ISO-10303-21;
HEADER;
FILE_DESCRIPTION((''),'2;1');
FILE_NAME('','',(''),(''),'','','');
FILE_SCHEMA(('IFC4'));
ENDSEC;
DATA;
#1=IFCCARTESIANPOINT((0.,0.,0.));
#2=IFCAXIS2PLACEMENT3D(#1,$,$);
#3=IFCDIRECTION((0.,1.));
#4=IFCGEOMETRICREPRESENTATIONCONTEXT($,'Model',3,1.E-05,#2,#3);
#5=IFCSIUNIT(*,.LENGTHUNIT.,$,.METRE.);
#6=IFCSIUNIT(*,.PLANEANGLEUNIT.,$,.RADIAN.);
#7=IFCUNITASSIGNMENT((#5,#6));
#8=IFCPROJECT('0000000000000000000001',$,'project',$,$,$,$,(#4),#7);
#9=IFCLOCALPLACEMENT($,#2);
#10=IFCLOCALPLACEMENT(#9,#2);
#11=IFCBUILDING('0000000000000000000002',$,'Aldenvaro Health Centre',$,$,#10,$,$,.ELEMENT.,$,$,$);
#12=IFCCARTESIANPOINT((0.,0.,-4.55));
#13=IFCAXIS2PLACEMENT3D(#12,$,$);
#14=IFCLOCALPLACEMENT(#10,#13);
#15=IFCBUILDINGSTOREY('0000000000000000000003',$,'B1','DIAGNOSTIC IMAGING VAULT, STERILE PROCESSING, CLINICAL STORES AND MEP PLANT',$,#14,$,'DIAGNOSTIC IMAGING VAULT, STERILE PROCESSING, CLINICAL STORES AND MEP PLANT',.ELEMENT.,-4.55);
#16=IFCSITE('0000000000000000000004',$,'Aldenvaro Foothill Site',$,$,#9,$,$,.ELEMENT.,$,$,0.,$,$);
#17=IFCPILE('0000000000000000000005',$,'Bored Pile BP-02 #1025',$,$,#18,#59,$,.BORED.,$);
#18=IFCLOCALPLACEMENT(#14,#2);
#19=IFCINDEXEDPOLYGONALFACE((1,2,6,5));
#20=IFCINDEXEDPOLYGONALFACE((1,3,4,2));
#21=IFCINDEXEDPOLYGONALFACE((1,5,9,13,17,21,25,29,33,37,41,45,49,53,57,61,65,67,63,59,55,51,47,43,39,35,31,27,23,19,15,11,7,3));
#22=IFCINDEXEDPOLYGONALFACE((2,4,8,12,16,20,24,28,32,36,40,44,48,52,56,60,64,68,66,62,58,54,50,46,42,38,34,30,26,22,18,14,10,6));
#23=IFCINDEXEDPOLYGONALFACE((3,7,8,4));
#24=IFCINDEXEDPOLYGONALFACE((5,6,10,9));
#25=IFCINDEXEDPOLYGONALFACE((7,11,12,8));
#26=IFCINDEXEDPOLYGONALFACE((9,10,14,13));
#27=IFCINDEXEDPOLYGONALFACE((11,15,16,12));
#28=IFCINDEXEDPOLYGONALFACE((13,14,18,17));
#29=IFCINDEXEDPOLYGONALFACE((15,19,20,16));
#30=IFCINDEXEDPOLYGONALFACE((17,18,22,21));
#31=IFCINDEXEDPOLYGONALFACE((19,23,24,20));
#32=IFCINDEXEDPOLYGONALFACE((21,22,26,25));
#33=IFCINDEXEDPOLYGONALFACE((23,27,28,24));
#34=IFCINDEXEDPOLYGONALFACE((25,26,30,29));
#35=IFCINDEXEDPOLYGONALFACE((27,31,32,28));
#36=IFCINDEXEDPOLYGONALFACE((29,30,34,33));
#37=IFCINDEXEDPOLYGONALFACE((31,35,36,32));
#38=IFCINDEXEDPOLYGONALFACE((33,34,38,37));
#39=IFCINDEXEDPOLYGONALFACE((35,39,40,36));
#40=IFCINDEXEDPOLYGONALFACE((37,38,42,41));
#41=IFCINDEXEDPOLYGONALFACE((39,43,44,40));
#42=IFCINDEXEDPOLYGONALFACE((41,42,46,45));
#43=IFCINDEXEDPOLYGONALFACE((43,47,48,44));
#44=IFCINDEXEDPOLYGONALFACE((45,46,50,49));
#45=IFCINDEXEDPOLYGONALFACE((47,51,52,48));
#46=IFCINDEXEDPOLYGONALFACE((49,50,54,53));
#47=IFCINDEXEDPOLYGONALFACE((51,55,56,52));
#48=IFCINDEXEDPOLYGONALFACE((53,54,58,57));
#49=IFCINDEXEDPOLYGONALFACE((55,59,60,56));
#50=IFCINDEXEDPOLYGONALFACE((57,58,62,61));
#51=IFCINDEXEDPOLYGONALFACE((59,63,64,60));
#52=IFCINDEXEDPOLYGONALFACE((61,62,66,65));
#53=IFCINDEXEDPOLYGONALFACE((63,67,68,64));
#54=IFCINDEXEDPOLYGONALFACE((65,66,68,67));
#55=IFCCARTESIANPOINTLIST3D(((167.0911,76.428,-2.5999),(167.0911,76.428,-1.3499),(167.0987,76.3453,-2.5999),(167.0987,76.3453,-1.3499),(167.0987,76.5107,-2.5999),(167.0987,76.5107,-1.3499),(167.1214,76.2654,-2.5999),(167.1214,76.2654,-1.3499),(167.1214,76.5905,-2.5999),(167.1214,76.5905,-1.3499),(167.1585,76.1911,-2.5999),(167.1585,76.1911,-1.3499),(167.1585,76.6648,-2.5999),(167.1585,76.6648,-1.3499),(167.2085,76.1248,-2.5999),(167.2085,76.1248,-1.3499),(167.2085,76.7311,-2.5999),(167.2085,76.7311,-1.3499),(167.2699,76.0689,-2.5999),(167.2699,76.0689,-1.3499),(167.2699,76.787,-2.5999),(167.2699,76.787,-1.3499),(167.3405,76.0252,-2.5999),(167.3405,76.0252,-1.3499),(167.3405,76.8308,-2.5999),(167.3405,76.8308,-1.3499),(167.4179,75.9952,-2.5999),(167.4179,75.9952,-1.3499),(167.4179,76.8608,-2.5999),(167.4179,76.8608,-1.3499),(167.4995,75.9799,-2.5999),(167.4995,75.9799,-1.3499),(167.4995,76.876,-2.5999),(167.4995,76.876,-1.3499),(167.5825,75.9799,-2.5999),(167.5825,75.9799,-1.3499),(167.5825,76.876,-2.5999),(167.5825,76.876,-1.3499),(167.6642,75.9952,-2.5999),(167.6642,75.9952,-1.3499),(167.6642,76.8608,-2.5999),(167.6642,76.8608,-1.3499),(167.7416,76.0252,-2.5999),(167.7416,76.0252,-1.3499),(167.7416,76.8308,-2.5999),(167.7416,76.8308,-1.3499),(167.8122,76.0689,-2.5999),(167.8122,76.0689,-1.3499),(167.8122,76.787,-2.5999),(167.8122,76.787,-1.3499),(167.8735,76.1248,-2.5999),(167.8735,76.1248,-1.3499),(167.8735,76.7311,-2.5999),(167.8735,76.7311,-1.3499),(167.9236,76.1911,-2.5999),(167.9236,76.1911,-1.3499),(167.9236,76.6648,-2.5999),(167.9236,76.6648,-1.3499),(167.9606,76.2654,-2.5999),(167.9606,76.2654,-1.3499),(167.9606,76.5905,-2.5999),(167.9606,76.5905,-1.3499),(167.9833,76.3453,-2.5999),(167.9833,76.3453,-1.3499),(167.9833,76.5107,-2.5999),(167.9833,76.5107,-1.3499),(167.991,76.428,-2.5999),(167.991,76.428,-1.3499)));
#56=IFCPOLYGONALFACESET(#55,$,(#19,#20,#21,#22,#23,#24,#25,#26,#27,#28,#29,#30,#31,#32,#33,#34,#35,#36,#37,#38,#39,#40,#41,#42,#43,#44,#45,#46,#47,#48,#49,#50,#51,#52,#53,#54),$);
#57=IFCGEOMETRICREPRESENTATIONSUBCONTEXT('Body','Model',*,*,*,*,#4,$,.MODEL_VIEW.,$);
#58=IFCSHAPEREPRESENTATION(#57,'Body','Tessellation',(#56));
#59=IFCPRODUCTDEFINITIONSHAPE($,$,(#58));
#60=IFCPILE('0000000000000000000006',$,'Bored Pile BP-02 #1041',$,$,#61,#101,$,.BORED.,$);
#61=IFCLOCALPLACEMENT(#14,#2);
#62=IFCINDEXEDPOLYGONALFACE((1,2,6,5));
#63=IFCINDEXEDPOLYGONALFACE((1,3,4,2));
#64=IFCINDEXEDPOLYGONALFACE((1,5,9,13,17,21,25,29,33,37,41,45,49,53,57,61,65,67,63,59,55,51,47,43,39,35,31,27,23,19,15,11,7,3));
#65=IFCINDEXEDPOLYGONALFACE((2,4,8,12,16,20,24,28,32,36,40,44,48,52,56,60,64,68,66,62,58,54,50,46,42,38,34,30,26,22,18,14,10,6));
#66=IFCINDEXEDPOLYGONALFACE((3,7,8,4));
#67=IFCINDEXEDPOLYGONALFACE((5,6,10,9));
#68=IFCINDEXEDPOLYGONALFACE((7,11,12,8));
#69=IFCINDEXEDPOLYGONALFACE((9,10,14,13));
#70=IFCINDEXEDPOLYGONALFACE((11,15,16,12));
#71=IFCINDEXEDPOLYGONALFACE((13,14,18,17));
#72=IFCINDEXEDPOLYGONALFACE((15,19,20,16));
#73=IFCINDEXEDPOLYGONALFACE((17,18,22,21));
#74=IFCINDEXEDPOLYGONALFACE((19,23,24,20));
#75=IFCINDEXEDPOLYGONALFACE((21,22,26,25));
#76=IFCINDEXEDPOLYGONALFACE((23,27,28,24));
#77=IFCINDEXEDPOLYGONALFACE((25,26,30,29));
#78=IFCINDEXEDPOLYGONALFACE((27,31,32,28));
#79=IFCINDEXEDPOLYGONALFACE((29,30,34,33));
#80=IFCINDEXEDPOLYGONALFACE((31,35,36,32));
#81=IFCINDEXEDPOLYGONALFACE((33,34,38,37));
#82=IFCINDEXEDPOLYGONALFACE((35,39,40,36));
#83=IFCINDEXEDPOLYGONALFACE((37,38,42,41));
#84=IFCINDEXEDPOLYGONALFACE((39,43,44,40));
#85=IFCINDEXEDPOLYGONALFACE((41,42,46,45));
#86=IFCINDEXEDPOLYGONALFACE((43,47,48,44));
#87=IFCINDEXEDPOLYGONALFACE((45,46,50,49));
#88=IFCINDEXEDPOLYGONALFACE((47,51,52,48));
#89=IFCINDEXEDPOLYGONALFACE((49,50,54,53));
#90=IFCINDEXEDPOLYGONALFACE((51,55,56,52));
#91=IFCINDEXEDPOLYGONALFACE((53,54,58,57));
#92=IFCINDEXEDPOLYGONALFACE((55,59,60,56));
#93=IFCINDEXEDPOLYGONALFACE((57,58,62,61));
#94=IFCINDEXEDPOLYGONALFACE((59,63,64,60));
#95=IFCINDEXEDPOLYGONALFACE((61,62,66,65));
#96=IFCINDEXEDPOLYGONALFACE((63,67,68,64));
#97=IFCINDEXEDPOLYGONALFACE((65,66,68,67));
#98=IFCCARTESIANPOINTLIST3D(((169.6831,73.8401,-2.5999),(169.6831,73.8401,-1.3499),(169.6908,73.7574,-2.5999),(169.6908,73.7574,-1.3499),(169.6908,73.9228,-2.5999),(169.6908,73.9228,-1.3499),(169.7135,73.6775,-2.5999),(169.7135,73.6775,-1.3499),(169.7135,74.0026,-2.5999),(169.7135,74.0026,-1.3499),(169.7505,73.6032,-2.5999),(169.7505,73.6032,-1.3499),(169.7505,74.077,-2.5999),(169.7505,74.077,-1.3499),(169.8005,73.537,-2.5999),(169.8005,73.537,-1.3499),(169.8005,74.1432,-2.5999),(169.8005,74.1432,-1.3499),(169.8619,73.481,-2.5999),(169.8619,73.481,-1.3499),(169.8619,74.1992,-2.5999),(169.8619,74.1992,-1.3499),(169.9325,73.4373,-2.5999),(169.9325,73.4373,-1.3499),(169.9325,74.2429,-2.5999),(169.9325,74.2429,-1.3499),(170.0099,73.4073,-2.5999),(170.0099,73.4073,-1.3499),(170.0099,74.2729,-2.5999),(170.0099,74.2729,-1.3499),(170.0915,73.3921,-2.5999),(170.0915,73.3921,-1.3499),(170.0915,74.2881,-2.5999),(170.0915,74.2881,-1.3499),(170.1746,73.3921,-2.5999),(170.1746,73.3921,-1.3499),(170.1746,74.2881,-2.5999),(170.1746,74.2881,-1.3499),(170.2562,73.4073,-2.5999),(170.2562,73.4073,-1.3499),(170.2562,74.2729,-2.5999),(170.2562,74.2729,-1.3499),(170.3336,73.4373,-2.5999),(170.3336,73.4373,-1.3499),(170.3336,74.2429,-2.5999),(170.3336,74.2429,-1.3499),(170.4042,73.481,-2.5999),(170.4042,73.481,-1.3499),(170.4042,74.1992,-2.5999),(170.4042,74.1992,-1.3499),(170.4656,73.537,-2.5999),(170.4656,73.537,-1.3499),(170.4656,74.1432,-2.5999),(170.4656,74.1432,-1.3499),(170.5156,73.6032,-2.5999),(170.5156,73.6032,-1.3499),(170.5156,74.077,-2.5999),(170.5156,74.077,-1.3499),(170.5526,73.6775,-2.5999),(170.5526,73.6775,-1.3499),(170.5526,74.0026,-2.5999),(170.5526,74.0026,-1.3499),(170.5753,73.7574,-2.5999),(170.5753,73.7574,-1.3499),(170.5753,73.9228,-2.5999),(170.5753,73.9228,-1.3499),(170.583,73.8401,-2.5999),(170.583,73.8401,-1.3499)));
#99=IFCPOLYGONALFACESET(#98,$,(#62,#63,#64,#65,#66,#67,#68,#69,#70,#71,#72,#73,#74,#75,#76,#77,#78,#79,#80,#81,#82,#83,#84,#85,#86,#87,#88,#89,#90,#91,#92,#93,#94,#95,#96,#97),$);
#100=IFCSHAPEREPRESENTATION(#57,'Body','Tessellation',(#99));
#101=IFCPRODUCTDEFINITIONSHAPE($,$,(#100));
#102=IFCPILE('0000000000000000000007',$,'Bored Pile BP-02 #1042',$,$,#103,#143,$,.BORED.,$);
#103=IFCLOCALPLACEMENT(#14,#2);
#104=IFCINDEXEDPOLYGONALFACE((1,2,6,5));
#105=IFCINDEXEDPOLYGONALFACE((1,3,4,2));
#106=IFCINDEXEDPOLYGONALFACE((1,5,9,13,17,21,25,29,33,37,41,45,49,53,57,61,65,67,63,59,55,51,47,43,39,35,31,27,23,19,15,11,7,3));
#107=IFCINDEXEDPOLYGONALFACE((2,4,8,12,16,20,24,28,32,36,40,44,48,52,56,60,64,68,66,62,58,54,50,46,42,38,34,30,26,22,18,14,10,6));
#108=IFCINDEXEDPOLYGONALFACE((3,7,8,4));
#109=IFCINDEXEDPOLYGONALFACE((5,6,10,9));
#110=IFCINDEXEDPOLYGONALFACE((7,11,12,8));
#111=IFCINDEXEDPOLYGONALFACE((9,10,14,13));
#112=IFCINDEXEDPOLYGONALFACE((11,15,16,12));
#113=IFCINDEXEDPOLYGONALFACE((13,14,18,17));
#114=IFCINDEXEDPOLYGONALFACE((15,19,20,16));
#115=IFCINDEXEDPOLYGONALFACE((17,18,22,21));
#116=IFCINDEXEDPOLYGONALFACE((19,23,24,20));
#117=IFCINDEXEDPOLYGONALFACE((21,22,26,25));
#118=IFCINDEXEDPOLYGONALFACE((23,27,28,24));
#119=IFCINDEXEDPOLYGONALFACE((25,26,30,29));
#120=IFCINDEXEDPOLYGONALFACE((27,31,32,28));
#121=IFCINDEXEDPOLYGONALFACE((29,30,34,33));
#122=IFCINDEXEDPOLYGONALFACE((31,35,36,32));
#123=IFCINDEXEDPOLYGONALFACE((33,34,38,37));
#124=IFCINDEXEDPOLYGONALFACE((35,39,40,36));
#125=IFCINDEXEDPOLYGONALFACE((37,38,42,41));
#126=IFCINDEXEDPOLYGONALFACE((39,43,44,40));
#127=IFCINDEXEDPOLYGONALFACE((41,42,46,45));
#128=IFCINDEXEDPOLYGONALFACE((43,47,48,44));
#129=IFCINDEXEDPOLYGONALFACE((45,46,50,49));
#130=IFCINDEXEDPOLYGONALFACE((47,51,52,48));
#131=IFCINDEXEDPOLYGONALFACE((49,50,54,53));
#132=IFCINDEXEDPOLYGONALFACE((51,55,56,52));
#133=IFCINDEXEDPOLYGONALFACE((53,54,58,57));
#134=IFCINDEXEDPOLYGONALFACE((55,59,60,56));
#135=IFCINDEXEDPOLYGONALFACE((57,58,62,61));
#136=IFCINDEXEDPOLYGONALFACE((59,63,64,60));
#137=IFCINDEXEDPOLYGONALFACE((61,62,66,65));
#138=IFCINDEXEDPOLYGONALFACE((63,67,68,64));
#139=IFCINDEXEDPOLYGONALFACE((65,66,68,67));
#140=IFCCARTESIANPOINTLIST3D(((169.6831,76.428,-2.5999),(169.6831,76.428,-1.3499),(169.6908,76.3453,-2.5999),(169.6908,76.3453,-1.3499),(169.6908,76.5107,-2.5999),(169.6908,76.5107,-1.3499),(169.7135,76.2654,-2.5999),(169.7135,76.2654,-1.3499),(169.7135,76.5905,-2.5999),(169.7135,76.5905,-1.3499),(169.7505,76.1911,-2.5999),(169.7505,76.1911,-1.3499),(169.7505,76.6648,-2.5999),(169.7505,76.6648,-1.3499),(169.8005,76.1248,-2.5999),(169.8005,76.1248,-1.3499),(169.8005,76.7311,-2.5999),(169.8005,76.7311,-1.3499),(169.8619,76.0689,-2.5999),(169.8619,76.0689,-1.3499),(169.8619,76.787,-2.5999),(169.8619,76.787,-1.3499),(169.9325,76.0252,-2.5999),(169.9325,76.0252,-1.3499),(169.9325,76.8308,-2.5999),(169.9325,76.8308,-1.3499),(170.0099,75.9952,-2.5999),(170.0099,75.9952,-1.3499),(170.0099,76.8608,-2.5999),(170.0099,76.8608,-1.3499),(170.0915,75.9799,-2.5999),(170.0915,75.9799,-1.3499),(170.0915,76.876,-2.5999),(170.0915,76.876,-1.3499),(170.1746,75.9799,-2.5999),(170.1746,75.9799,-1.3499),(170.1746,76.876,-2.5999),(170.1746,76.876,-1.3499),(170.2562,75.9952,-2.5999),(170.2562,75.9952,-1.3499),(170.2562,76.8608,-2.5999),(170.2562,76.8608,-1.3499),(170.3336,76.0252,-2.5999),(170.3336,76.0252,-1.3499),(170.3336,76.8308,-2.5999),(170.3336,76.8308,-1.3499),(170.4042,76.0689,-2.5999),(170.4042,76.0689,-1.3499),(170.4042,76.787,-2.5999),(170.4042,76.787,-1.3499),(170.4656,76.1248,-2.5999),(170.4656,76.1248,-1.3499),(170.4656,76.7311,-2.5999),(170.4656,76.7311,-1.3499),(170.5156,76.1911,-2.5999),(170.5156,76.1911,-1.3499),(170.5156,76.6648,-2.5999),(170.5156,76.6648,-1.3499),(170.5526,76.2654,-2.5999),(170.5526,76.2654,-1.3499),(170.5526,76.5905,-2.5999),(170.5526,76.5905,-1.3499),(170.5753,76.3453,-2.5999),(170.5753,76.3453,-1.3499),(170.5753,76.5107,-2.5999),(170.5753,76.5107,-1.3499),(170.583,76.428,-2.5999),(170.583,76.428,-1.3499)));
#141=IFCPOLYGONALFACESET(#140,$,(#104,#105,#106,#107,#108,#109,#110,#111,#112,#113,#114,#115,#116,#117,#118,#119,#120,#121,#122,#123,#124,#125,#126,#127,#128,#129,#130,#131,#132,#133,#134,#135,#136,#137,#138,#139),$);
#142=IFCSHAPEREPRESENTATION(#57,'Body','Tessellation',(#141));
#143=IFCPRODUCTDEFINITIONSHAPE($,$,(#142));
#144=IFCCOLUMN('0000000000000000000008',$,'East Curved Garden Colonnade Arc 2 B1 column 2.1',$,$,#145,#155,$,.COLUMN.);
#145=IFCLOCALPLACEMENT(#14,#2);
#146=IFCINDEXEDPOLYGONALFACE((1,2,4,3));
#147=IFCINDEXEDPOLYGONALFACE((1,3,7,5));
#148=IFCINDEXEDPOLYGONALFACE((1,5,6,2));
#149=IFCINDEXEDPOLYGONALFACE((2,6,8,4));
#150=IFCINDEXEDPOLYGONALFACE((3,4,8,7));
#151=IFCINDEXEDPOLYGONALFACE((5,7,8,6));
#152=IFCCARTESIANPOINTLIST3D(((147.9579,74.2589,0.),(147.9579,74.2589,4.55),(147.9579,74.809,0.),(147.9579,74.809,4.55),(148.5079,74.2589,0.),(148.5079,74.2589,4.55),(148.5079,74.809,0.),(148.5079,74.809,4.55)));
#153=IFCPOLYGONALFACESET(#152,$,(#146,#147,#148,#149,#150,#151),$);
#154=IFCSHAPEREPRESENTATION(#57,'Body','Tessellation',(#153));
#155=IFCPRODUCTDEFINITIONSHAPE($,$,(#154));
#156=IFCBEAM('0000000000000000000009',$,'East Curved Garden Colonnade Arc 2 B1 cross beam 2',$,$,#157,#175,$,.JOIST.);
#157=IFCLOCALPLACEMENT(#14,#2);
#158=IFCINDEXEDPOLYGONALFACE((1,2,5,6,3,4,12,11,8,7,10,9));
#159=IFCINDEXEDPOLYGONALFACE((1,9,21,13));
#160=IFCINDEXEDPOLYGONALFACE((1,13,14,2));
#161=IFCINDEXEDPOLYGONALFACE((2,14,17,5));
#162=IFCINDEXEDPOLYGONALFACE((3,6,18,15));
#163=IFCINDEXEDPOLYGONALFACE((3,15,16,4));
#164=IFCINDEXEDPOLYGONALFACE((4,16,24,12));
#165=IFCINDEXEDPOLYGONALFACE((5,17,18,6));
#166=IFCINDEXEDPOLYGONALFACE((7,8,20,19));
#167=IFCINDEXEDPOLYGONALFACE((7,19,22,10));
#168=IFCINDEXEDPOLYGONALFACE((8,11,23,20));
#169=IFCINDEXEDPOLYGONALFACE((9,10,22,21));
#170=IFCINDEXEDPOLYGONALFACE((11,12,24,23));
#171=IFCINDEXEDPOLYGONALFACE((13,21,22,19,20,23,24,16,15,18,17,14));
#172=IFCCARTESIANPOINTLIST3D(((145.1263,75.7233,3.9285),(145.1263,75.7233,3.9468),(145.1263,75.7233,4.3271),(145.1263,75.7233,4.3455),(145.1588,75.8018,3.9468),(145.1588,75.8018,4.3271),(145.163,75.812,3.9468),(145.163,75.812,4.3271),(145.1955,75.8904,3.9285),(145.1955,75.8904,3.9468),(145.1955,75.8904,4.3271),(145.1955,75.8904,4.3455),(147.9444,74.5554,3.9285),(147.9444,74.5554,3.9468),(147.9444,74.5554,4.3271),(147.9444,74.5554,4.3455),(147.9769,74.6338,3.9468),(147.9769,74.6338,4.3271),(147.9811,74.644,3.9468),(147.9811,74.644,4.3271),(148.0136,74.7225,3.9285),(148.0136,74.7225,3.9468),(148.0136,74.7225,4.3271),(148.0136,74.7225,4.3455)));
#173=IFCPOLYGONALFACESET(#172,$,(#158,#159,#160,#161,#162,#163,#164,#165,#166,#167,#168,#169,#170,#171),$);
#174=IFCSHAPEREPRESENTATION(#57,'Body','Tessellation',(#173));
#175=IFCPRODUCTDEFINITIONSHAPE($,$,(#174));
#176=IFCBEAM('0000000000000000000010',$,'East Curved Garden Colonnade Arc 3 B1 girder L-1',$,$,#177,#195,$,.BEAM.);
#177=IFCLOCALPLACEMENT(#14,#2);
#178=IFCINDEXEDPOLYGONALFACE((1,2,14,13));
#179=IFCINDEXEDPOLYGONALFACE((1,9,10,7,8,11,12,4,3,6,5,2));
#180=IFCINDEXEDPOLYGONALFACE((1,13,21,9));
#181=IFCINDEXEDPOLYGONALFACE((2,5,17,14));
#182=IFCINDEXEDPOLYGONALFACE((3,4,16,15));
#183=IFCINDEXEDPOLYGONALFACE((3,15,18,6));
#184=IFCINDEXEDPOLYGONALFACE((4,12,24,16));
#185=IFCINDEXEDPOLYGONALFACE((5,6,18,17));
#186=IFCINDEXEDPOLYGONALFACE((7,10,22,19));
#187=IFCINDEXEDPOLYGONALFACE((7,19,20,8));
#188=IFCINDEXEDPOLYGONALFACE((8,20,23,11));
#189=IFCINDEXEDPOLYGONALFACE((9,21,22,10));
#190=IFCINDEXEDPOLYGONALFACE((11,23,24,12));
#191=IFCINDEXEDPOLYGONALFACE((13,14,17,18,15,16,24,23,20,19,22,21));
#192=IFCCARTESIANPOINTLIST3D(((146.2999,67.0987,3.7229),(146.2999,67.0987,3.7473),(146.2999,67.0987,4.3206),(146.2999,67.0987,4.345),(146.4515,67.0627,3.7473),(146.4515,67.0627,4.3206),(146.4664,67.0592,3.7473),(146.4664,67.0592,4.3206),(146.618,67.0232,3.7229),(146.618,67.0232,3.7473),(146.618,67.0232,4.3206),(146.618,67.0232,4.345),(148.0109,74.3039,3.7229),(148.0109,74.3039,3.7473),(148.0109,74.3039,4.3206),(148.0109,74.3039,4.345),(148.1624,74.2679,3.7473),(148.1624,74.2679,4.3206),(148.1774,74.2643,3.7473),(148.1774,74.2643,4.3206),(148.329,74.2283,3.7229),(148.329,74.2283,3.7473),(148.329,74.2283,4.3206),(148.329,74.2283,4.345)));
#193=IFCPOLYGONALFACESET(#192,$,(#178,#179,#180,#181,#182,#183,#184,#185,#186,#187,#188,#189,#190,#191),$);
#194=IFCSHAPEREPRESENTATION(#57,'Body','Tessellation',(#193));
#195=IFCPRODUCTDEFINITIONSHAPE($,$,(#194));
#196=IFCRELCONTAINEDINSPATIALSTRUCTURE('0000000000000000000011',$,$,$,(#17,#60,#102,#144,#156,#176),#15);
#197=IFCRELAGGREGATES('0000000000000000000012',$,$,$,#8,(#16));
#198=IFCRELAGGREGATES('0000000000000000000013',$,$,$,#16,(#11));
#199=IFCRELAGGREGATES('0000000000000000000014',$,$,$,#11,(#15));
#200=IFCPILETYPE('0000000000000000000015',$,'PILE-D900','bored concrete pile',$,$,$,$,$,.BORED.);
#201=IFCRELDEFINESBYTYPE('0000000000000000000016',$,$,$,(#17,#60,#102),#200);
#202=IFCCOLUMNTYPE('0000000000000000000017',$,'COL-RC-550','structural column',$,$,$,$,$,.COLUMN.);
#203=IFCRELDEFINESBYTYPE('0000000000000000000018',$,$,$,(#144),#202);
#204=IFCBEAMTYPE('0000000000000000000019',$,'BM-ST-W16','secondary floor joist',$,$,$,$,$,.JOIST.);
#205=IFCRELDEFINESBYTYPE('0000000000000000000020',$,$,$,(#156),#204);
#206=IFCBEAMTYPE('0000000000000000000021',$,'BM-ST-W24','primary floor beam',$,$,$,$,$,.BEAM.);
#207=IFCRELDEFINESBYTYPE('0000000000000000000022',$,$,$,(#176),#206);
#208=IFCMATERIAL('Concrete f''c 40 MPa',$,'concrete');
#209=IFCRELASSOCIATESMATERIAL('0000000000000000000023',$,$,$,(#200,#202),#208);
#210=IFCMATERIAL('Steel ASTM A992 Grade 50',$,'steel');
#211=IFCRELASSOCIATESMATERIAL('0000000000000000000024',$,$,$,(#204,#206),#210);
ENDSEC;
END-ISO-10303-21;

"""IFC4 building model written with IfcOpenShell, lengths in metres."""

from ifc_helpers import new_model, si_unit, direction, frame, origin, origin_2d, place, context, subcontext, project, spatial, rectangle, circle, i_section, extrude, material, material_profile, profile_set, type_object, element, save


model = new_model("IFC4")

# Units and contexts
model_context = context("Model", 3, precision=1e-05, world=origin(), true_north=direction((0.0, 1.0)))
body_context = subcontext(model_context, "Body", "Model", "MODEL_VIEW")
ifc_project = project(units=[si_unit("LENGTHUNIT", "METRE"), si_unit("PLANEANGLEUNIT", "RADIAN")], contexts=[model_context])

# Site, building, storey
site_placement = place(None, origin())
site = spatial("IfcSite", under=ifc_project, at=site_placement, Name="Aldenvaro Foothill Site", CompositionType="ELEMENT", RefElevation=0.0)
building_placement = place(site_placement, origin())
building = spatial("IfcBuilding", under=site, at=building_placement, Name="Aldenvaro Health Centre", CompositionType="ELEMENT")
storey_placement = place(building_placement, frame((0.0, 0.0, -4.55)))
storey = spatial("IfcBuildingStorey", under=building, at=storey_placement, Name="B1", Description="DIAGNOSTIC IMAGING VAULT, STERILE PROCESSING, CLINICAL STORES AND MEP PLANT", LongName="DIAGNOSTIC IMAGING VAULT, STERILE PROCESSING, CLINICAL STORES AND MEP PLANT", CompositionType="ELEMENT", Elevation=-4.55)

# Piles
ifc_material_1 = material(Name="Concrete f'c 40 MPa", Category="concrete")
ifc_material_profile_1 = material_profile(ifc_material_1, circle(Radius=0.45, at=origin_2d()), Name="PILE D900", Category="concrete")
ifc_profile_set_1 = profile_set([ifc_material_profile_1], Name="Concrete f'c 40 MPa")
pile_type = type_object("IfcPileType", Name="PILE-D900", Description="bored concrete pile", PredefinedType="BORED", material=ifc_profile_set_1)
for number, where, z_axis, x_axis, name in (
    (1, (167.541, 76.428, -1.3499), (0.0, 0.0, -1.0), (1.0, 0.0, 0.0), "Bored Pile BP-02 #1025"),
    (2, (170.1331, 73.8401, -1.3499), (0.0, 0.0, -1.0), (1.0, 0.0, 0.0), "Bored Pile BP-02 #1041"),
    (3, (170.1331, 76.428, -1.3499), (0.0, 0.0, -1.0), (1.0, 0.0, 0.0), "Bored Pile BP-02 #1042"),
):
    element("IfcPile", number, at=place(storey_placement, frame(where, z_axis=z_axis, x_axis=x_axis)), inside=storey, type_object=pile_type, Name=name, PredefinedType="BORED", context=body_context, shape_type="SweptSolid", body=[
        extrude(circle(Radius=0.45, at=origin_2d()), origin(), (0.0, 0.0, 1.0), 1.25),
    ])

# Column
ifc_material_profile_2 = material_profile(ifc_material_1, rectangle(XDim=0.55, YDim=0.55, at=origin_2d()), Name="RC 550x550", Category="concrete")
ifc_profile_set_2 = profile_set([ifc_material_profile_2], Name="Concrete f'c 40 MPa")
column_type = type_object("IfcColumnType", Name="COL-RC-550", Description="structural column", PredefinedType="COLUMN", material=ifc_profile_set_2)
column_placement = place(storey_placement, frame((148.2329, 74.5339, 0.0), z_axis=(0.0, 0.0, 1.0), x_axis=(1.0, 0.0, 0.0)))
element("IfcColumn", 4, at=column_placement, inside=storey, type_object=column_type, Name="East Curved Garden Colonnade Arc 2 B1 column 2.1", PredefinedType="COLUMN", context=body_context, shape_type="SweptSolid", body=[
    extrude(rectangle(XDim=0.55, YDim=0.55, at=origin_2d()), origin(), (0.0, 0.0, 1.0), 4.55),
])

# Beams
ifc_material_2 = material(Name="Steel ASTM A992 Grade 50", Category="steel")
ifc_material_profile_3 = material_profile(ifc_material_2, i_section(OverallWidth=0.1809, OverallDepth=0.417, WebThickness=0.011, FlangeThickness=0.0183, at=origin_2d()), Name="W16X57", Category="steel")
ifc_profile_set_3 = profile_set([ifc_material_profile_3], Name="Steel ASTM A992 Grade 50")
beam_type_1 = type_object("IfcBeamType", Name="BM-ST-W16", Description="secondary floor joist", PredefinedType="JOIST", material=ifc_profile_set_3)
beam_1_placement = place(storey_placement, frame((147.979, 74.6389, 4.137), z_axis=(-0.923802, 0.38287, 0.0), x_axis=(-0.38287, -0.923802, 0.0)))
element("IfcBeam", 5, at=beam_1_placement, inside=storey, type_object=beam_type_1, Name="East Curved Garden Colonnade Arc 2 B1 cross beam 2", PredefinedType="JOIST", context=body_context, shape_type="SweptSolid", body=[
    extrude(i_section(OverallWidth=0.1809, OverallDepth=0.417, WebThickness=0.011, FlangeThickness=0.0183, at=origin_2d()), origin(), (0.0, 0.0, 1.0), 3.0505),
])
ifc_material_profile_4 = material_profile(ifc_material_2, i_section(OverallWidth=0.3269, OverallDepth=0.6221, WebThickness=0.0154, FlangeThickness=0.0244, at=origin_2d()), Name="W24X131", Category="steel")
ifc_profile_set_4 = profile_set([ifc_material_profile_4], Name="Steel ASTM A992 Grade 50")
beam_type_2 = type_object("IfcBeamType", Name="BM-ST-W24", Description="primary floor beam", PredefinedType="BEAM", material=ifc_profile_set_4)
beam_2_placement = place(storey_placement, frame((148.1699, 74.2661, 4.0339), z_axis=(-0.231038, -0.972945, 0.0), x_axis=(0.972945, -0.231038, 0.0)))
element("IfcBeam", 6, at=beam_2_placement, inside=storey, type_object=beam_type_2, Name="East Curved Garden Colonnade Arc 3 B1 girder L-1", PredefinedType="BEAM", context=body_context, shape_type="SweptSolid", body=[
    extrude(i_section(OverallWidth=0.3269, OverallDepth=0.6221, WebThickness=0.0154, FlangeThickness=0.0244, at=origin_2d()), origin(), (0.0, 0.0, 1.0), 7.4055),
])

save(model, "model.ifc")
